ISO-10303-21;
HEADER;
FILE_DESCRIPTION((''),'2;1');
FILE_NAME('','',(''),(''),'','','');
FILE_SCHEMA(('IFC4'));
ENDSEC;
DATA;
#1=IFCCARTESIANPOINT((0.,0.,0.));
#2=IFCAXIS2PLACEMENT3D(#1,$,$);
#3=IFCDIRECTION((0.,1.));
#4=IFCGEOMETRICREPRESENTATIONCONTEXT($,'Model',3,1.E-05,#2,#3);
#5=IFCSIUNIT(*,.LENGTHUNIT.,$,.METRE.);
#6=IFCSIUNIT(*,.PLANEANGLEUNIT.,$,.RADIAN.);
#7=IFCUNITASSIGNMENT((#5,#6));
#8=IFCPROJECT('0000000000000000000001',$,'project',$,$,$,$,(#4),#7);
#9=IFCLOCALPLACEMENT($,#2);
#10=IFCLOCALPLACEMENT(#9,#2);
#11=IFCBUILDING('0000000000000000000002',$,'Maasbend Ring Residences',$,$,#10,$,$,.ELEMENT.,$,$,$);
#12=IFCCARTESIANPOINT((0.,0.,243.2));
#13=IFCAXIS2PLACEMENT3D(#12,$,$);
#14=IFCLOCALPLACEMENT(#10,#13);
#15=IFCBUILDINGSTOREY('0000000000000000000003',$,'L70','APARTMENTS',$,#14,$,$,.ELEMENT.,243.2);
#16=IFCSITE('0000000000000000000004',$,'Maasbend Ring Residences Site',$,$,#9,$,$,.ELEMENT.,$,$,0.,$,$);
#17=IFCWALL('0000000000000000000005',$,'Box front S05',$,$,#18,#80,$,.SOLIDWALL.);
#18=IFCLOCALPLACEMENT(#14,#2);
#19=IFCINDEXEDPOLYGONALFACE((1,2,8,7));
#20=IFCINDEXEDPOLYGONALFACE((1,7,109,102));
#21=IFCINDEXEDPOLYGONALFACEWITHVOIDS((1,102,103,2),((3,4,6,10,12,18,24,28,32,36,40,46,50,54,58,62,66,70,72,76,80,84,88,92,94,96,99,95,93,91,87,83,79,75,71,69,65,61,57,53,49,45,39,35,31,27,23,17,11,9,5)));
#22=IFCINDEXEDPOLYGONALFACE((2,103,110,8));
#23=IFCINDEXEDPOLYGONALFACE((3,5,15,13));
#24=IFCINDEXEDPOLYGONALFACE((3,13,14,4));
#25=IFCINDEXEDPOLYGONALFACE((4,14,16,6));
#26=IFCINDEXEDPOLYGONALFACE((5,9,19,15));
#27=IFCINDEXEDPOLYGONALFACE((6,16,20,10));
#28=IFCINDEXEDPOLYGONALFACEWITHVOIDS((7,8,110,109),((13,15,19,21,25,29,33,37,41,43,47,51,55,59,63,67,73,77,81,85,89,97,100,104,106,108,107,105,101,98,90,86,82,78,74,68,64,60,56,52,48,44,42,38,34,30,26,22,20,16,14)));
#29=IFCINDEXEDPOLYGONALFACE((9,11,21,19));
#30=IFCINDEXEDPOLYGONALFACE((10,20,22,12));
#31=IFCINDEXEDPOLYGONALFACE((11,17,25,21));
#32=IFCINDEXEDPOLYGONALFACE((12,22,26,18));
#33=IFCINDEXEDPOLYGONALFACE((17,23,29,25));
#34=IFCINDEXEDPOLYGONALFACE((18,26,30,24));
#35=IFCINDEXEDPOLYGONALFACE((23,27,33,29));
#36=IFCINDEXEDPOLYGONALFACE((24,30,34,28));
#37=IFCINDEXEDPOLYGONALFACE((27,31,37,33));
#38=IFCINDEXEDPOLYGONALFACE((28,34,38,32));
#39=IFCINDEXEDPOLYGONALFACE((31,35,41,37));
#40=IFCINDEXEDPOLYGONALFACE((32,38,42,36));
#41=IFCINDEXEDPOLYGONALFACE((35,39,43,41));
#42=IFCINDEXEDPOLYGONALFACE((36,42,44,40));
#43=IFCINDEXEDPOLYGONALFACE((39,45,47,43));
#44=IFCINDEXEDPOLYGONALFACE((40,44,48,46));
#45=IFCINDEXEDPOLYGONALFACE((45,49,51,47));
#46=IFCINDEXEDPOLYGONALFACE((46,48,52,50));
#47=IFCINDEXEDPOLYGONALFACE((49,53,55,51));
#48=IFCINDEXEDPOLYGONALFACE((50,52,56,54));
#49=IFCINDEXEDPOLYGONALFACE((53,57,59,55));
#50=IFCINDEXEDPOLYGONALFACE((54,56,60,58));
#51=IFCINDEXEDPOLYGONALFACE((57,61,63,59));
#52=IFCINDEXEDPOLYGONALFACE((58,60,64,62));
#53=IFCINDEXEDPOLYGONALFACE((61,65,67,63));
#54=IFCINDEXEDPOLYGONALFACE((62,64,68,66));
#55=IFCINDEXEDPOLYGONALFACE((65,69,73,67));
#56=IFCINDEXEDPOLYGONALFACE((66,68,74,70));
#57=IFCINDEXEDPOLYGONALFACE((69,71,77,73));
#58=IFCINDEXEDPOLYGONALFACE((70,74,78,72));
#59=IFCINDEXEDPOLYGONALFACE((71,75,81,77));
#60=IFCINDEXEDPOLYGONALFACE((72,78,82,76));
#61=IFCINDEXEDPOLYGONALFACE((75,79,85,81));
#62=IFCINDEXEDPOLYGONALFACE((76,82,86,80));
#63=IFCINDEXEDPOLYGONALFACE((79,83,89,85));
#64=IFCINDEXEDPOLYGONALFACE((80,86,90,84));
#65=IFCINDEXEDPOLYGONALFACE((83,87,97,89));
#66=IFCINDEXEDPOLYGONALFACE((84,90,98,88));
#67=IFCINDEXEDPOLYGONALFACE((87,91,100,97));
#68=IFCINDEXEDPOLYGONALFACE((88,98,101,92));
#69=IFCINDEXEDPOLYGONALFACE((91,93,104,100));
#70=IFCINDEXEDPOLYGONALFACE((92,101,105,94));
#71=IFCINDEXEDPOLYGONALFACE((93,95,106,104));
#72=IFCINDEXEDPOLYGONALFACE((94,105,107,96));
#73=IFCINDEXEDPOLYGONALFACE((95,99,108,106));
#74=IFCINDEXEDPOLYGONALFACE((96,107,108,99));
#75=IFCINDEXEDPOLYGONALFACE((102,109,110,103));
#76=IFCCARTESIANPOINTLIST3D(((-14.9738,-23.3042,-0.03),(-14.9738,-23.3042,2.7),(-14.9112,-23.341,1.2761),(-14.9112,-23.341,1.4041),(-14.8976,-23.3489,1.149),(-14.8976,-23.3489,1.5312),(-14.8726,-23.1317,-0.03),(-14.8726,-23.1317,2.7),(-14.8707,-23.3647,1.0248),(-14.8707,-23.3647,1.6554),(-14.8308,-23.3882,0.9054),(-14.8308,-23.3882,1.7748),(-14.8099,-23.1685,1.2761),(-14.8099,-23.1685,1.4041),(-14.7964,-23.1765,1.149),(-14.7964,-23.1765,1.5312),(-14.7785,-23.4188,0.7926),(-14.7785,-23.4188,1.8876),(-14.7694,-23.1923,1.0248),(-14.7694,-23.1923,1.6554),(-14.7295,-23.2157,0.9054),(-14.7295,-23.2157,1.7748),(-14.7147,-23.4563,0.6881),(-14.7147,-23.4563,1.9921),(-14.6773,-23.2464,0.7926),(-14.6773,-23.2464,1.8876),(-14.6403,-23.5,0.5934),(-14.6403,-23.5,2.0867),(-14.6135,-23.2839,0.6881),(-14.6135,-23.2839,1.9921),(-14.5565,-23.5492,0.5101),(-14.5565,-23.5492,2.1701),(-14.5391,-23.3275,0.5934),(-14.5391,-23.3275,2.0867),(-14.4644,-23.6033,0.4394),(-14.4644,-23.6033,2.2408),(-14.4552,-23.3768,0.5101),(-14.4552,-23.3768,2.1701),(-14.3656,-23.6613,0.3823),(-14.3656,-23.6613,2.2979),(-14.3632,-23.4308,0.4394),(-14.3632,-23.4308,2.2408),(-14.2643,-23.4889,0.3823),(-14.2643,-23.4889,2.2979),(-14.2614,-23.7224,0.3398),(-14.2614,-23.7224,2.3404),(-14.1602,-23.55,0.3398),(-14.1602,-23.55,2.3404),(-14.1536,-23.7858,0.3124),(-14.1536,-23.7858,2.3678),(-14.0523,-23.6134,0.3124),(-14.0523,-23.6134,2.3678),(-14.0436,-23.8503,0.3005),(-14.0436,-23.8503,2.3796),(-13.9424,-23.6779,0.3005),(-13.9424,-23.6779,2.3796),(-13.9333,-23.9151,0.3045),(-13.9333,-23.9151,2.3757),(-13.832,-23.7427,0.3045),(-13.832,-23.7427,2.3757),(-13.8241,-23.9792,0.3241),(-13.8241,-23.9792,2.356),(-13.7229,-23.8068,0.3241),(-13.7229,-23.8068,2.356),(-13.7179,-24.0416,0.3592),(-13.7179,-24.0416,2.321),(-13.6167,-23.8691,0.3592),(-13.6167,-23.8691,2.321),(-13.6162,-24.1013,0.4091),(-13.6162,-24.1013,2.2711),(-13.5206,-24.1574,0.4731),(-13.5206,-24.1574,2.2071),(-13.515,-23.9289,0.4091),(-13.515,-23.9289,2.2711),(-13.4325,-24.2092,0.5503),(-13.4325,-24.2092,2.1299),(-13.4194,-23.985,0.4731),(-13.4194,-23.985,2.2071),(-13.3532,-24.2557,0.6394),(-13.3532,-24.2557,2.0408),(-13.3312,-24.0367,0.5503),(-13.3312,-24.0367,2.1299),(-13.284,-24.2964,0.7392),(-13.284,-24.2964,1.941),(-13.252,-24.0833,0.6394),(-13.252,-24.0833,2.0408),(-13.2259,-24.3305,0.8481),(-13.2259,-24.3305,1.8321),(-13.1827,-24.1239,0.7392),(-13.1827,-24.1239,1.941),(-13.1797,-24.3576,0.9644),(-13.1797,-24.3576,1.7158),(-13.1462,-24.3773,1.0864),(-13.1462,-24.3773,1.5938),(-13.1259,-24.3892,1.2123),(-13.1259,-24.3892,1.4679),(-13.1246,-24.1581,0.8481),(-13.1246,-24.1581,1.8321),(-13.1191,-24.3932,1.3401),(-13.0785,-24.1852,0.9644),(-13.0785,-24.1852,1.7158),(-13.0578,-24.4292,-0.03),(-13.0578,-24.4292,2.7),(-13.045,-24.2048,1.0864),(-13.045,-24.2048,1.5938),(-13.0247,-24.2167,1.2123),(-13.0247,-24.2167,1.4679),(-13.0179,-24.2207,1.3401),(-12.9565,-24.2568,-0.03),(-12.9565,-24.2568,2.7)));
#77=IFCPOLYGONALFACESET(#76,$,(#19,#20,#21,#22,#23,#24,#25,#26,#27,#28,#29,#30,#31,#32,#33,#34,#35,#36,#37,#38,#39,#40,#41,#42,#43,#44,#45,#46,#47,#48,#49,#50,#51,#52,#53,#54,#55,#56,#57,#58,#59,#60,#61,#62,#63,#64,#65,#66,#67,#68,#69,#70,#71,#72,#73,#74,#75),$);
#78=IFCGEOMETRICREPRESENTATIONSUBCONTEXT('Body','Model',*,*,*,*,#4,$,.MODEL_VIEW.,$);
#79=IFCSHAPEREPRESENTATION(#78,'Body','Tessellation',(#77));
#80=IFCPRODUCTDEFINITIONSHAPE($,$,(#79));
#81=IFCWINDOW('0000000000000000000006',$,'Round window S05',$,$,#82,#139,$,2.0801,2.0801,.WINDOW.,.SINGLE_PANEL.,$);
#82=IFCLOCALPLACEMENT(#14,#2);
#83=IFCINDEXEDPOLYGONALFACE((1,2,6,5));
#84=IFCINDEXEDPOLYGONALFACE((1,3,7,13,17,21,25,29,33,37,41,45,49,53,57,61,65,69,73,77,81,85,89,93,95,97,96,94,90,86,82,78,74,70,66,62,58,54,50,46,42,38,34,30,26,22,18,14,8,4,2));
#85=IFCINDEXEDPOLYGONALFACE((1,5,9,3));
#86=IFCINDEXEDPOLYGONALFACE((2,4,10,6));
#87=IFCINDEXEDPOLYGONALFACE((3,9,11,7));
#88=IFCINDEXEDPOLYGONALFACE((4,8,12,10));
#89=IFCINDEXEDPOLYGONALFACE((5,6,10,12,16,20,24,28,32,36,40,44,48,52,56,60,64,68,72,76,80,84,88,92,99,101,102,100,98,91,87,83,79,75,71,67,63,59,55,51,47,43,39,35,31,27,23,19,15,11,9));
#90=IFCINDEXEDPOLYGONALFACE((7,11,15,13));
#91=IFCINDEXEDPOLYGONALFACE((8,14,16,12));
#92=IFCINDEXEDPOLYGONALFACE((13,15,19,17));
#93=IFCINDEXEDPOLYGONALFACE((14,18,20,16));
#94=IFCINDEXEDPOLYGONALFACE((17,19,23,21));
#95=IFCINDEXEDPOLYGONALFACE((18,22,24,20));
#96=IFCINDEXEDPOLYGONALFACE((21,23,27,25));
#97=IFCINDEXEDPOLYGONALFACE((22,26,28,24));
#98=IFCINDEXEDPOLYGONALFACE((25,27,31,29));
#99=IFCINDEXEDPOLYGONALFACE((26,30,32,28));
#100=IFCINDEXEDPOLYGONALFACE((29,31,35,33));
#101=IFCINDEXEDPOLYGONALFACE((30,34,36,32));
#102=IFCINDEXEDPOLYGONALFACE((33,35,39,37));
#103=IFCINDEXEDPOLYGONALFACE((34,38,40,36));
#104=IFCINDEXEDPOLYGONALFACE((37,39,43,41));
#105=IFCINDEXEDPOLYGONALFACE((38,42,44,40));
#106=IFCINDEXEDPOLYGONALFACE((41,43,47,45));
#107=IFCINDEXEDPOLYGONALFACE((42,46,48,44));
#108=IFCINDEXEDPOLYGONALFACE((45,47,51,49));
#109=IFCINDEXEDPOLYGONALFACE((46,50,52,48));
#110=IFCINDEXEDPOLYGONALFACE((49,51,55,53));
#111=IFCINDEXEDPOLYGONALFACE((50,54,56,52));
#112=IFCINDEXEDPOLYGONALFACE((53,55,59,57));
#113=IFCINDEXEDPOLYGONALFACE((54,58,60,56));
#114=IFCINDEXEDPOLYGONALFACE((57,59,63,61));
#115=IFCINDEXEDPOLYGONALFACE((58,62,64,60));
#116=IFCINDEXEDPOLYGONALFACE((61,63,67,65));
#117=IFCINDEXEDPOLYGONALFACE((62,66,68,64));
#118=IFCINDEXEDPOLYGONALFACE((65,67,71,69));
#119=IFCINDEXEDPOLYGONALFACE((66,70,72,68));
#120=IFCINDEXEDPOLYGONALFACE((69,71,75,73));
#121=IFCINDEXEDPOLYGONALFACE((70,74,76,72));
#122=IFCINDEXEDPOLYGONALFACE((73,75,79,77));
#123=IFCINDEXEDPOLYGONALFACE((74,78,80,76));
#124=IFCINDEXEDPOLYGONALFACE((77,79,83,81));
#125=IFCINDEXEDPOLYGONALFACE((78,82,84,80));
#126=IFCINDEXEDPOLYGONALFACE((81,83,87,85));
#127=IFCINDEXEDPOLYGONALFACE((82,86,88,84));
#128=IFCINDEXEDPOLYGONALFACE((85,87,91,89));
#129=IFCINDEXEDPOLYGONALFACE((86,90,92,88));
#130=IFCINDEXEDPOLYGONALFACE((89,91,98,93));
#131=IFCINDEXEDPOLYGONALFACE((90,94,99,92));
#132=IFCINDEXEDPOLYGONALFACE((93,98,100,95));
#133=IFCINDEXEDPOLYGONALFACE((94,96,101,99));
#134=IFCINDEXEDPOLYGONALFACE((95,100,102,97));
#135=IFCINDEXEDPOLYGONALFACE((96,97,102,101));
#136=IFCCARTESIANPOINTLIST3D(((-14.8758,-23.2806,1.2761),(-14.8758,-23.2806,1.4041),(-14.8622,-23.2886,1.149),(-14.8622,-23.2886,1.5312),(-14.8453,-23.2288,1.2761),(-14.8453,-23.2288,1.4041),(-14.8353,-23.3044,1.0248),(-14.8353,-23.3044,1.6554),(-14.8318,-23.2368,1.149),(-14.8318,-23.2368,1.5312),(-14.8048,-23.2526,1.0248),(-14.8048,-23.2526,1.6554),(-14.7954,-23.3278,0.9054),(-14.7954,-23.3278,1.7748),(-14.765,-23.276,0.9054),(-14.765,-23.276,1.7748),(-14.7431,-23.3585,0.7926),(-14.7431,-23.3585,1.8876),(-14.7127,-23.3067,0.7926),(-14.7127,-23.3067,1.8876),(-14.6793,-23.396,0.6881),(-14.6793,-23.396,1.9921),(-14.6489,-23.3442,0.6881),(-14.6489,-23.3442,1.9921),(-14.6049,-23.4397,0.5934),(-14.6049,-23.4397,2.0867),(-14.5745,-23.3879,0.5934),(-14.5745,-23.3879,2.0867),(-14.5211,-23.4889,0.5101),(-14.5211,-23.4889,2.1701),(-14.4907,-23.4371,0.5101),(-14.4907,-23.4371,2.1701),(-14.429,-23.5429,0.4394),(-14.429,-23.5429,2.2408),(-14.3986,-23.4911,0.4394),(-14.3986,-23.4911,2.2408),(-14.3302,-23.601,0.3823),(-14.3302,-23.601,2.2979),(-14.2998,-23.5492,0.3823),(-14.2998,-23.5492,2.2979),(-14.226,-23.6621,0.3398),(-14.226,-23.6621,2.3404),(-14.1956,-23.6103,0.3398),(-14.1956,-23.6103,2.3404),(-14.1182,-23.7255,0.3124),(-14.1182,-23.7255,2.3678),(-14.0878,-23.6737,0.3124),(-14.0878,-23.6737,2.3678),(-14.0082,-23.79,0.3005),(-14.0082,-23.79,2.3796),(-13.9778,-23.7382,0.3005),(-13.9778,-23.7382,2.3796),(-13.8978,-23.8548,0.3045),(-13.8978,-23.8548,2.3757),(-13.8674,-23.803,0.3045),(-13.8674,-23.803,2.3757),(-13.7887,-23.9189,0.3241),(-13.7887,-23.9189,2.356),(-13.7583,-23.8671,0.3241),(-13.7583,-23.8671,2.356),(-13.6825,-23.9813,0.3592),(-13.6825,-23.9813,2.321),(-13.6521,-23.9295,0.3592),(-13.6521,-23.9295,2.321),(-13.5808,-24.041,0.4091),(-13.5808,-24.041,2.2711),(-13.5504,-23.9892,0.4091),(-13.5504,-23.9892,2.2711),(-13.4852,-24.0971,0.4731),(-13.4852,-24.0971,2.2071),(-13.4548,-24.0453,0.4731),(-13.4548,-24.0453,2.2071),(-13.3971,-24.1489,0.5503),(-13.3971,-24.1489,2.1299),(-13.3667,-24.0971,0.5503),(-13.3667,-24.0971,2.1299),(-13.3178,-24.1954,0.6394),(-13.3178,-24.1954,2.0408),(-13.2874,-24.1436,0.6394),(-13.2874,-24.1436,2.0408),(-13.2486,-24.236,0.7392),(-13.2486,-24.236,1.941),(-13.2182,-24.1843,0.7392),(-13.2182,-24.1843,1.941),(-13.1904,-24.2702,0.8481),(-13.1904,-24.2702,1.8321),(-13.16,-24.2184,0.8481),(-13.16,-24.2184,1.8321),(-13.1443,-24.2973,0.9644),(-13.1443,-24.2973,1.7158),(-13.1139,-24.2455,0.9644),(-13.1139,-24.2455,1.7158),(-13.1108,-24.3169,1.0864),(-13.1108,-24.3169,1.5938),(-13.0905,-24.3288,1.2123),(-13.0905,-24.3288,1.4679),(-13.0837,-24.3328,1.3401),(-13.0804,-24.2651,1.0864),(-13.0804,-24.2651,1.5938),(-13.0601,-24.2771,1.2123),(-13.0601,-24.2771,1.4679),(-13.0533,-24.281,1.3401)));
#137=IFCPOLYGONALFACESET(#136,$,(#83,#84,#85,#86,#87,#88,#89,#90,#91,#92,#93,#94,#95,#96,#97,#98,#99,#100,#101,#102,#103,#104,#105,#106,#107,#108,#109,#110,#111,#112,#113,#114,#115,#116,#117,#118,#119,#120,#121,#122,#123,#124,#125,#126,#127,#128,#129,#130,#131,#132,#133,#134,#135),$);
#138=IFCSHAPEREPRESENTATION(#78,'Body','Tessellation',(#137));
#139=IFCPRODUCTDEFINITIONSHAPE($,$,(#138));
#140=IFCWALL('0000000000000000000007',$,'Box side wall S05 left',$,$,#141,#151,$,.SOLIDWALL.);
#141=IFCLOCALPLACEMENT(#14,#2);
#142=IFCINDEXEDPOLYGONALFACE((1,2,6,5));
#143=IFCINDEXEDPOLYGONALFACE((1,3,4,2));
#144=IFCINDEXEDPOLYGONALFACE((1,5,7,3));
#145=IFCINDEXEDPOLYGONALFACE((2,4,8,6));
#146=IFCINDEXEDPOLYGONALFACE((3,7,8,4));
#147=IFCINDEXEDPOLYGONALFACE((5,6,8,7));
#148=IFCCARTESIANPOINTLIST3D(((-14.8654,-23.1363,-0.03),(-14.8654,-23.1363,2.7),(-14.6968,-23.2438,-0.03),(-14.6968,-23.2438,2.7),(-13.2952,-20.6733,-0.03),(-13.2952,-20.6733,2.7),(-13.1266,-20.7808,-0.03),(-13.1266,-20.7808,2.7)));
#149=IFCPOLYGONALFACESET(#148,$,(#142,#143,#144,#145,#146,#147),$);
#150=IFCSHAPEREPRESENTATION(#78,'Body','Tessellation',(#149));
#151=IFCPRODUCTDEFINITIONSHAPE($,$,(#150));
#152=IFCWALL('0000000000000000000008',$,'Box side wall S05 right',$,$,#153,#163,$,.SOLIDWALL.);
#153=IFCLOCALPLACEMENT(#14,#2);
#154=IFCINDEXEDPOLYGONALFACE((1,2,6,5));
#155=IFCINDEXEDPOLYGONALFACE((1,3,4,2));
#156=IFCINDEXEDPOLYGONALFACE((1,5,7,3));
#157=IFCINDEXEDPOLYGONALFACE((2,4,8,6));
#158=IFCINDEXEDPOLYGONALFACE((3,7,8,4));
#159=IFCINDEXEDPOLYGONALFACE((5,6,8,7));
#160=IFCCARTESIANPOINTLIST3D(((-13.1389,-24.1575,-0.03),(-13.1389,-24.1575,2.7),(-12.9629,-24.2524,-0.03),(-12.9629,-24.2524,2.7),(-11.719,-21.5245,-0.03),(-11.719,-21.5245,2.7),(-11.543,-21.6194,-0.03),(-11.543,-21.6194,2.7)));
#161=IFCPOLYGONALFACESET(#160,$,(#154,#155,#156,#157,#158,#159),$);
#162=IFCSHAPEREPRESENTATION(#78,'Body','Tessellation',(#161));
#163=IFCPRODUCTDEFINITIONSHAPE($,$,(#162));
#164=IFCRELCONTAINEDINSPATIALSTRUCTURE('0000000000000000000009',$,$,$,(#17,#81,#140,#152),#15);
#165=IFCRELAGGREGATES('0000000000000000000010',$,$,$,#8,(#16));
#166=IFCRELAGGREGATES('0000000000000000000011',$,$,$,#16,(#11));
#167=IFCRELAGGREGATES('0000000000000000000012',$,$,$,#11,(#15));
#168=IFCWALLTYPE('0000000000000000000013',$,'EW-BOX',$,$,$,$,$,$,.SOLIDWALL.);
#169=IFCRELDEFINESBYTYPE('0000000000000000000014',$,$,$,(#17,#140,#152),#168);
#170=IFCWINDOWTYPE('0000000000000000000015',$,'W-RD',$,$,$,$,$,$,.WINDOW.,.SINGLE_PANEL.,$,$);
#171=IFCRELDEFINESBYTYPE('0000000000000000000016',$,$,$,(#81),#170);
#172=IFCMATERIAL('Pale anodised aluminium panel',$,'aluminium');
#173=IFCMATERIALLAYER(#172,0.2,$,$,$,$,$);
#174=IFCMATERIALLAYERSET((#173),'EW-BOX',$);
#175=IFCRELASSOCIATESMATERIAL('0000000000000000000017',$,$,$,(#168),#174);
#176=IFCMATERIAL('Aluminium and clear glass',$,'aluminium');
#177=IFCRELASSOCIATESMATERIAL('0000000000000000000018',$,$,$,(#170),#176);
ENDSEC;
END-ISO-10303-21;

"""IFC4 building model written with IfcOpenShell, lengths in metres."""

from ifc_helpers import new_model, si_unit, direction, frame, frame_2d, origin, place, context, subcontext, project, spatial, rectangle, circle, extrude, material, layer, layer_set, type_object, element, fill, save


model = new_model("IFC4")

# Units and contexts
model_context = context("Model", 3, precision=1e-05, world=origin(), true_north=direction((0.0, 1.0)))
body_context = subcontext(model_context, "Body", "Model", "MODEL_VIEW")
ifc_project = project(units=[si_unit("LENGTHUNIT", "METRE"), si_unit("PLANEANGLEUNIT", "RADIAN")], contexts=[model_context])

# Site, building, storey
site_placement = place(None, origin())
site = spatial("IfcSite", under=ifc_project, at=site_placement, Name="Maasbend Ring Residences Site", CompositionType="ELEMENT", RefElevation=0.0)
building_placement = place(site_placement, origin())
building = spatial("IfcBuilding", under=site, at=building_placement, Name="Maasbend Ring Residences", CompositionType="ELEMENT")
storey_placement = place(building_placement, frame((0.0, 0.0, 243.2)))
storey = spatial("IfcBuildingStorey", under=building, at=storey_placement, Name="L70", Description="APARTMENTS", CompositionType="ELEMENT", Elevation=243.2)

# Wall, opening, window
ifc_material_1 = material(Name="Pale anodised aluminium panel", Category="aluminium")
ifc_layer_1 = layer(ifc_material_1, 0.2)
ifc_layer_set_1 = layer_set([ifc_layer_1], Name="EW-BOX")
wall_type_1 = type_object("IfcWallType", Name="EW-BOX", PredefinedType="SOLIDWALL", material=ifc_layer_set_1)
wall_1_placement = place(storey_placement, frame((-14.9231, -23.218, -0.03), z_axis=(0.0, 0.0, 1.0), x_axis=(0.862341, -0.506328, 0.0)))
wall_1 = element("IfcWall", 1, at=wall_1_placement, inside=storey, type_object=wall_type_1, Name="Box front S05", PredefinedType="SOLIDWALL", context=body_context, shape_type="SweptSolid", body=[
    extrude(rectangle(XDim=2.2219, YDim=0.2, at=frame_2d((1.1108, 0.0))), origin(), (0.0, 0.0, 1.0), 2.73),
])
opening_1_placement = place(wall_1_placement, frame((0.0706, 0.0, 0.3301)))
opening_1 = element("IfcOpeningElement", 2, at=opening_1_placement, cuts=wall_1, PredefinedType="OPENING", context=body_context, shape_type="SweptSolid", body=[
    extrude(circle(Radius=1.04, at=frame_2d((1.04, 1.04))), frame((0.0, 0.1099, 0.0), z_axis=(0.0, -1.0, 0.0), x_axis=(1.0, 0.0, 0.0)), (0.0, 0.0, 1.0), 0.22),
])
ifc_material_2 = material(Name="Aluminium and clear glass", Category="aluminium")
window_type_1 = type_object("IfcWindowType", Name="W-RD", PartitioningType="SINGLE_PANEL", PredefinedType="WINDOW", material=ifc_material_2)
window_1_placement = place(opening_1_placement, origin())
window_1 = element("IfcWindow", 3, at=window_1_placement, inside=storey, type_object=window_type_1, Name="Round window S05", OverallHeight=2.0801, OverallWidth=2.0801, PartitioningType="SINGLE_PANEL", PredefinedType="WINDOW", context=body_context, shape_type="SweptSolid", body=[
    extrude(circle(Radius=1.04, at=frame_2d((1.04, 1.04))), frame((0.0, 0.03, 0.0), z_axis=(0.0, -1.0, 0.0), x_axis=(1.0, 0.0, 0.0)), (0.0, 0.0, 1.0), 0.0601),
])
fill(opening_1, window_1)

# Walls
wall_2_placement = place(storey_placement, frame((-13.2109, -20.7271, -0.03), z_axis=(0.0, 0.0, 1.0), x_axis=(-0.537551, -0.843231, 0.0)))
element("IfcWall", 4, at=wall_2_placement, inside=storey, type_object=wall_type_1, Name="Box side wall S05 left", PredefinedType="SOLIDWALL", context=body_context, shape_type="SweptSolid", body=[
    extrude(rectangle(XDim=2.9209, YDim=0.2, at=frame_2d((1.4604, 0.0))), origin(), (0.0, 0.0, 1.0), 2.73),
])
wall_3_placement = place(storey_placement, frame((-11.6311, -21.572, -0.03), z_axis=(0.0, 0.0, 1.0), x_axis=(-0.47465, -0.880175, 0.0)))
element("IfcWall", 5, at=wall_3_placement, inside=storey, type_object=wall_type_1, Name="Box side wall S05 right", PredefinedType="SOLIDWALL", context=body_context, shape_type="SweptSolid", body=[
    extrude(rectangle(XDim=2.9915, YDim=0.2, at=frame_2d((1.4956, 0.0))), origin(), (0.0, 0.0, 1.0), 2.73),
])

save(model, "model.ifc")
